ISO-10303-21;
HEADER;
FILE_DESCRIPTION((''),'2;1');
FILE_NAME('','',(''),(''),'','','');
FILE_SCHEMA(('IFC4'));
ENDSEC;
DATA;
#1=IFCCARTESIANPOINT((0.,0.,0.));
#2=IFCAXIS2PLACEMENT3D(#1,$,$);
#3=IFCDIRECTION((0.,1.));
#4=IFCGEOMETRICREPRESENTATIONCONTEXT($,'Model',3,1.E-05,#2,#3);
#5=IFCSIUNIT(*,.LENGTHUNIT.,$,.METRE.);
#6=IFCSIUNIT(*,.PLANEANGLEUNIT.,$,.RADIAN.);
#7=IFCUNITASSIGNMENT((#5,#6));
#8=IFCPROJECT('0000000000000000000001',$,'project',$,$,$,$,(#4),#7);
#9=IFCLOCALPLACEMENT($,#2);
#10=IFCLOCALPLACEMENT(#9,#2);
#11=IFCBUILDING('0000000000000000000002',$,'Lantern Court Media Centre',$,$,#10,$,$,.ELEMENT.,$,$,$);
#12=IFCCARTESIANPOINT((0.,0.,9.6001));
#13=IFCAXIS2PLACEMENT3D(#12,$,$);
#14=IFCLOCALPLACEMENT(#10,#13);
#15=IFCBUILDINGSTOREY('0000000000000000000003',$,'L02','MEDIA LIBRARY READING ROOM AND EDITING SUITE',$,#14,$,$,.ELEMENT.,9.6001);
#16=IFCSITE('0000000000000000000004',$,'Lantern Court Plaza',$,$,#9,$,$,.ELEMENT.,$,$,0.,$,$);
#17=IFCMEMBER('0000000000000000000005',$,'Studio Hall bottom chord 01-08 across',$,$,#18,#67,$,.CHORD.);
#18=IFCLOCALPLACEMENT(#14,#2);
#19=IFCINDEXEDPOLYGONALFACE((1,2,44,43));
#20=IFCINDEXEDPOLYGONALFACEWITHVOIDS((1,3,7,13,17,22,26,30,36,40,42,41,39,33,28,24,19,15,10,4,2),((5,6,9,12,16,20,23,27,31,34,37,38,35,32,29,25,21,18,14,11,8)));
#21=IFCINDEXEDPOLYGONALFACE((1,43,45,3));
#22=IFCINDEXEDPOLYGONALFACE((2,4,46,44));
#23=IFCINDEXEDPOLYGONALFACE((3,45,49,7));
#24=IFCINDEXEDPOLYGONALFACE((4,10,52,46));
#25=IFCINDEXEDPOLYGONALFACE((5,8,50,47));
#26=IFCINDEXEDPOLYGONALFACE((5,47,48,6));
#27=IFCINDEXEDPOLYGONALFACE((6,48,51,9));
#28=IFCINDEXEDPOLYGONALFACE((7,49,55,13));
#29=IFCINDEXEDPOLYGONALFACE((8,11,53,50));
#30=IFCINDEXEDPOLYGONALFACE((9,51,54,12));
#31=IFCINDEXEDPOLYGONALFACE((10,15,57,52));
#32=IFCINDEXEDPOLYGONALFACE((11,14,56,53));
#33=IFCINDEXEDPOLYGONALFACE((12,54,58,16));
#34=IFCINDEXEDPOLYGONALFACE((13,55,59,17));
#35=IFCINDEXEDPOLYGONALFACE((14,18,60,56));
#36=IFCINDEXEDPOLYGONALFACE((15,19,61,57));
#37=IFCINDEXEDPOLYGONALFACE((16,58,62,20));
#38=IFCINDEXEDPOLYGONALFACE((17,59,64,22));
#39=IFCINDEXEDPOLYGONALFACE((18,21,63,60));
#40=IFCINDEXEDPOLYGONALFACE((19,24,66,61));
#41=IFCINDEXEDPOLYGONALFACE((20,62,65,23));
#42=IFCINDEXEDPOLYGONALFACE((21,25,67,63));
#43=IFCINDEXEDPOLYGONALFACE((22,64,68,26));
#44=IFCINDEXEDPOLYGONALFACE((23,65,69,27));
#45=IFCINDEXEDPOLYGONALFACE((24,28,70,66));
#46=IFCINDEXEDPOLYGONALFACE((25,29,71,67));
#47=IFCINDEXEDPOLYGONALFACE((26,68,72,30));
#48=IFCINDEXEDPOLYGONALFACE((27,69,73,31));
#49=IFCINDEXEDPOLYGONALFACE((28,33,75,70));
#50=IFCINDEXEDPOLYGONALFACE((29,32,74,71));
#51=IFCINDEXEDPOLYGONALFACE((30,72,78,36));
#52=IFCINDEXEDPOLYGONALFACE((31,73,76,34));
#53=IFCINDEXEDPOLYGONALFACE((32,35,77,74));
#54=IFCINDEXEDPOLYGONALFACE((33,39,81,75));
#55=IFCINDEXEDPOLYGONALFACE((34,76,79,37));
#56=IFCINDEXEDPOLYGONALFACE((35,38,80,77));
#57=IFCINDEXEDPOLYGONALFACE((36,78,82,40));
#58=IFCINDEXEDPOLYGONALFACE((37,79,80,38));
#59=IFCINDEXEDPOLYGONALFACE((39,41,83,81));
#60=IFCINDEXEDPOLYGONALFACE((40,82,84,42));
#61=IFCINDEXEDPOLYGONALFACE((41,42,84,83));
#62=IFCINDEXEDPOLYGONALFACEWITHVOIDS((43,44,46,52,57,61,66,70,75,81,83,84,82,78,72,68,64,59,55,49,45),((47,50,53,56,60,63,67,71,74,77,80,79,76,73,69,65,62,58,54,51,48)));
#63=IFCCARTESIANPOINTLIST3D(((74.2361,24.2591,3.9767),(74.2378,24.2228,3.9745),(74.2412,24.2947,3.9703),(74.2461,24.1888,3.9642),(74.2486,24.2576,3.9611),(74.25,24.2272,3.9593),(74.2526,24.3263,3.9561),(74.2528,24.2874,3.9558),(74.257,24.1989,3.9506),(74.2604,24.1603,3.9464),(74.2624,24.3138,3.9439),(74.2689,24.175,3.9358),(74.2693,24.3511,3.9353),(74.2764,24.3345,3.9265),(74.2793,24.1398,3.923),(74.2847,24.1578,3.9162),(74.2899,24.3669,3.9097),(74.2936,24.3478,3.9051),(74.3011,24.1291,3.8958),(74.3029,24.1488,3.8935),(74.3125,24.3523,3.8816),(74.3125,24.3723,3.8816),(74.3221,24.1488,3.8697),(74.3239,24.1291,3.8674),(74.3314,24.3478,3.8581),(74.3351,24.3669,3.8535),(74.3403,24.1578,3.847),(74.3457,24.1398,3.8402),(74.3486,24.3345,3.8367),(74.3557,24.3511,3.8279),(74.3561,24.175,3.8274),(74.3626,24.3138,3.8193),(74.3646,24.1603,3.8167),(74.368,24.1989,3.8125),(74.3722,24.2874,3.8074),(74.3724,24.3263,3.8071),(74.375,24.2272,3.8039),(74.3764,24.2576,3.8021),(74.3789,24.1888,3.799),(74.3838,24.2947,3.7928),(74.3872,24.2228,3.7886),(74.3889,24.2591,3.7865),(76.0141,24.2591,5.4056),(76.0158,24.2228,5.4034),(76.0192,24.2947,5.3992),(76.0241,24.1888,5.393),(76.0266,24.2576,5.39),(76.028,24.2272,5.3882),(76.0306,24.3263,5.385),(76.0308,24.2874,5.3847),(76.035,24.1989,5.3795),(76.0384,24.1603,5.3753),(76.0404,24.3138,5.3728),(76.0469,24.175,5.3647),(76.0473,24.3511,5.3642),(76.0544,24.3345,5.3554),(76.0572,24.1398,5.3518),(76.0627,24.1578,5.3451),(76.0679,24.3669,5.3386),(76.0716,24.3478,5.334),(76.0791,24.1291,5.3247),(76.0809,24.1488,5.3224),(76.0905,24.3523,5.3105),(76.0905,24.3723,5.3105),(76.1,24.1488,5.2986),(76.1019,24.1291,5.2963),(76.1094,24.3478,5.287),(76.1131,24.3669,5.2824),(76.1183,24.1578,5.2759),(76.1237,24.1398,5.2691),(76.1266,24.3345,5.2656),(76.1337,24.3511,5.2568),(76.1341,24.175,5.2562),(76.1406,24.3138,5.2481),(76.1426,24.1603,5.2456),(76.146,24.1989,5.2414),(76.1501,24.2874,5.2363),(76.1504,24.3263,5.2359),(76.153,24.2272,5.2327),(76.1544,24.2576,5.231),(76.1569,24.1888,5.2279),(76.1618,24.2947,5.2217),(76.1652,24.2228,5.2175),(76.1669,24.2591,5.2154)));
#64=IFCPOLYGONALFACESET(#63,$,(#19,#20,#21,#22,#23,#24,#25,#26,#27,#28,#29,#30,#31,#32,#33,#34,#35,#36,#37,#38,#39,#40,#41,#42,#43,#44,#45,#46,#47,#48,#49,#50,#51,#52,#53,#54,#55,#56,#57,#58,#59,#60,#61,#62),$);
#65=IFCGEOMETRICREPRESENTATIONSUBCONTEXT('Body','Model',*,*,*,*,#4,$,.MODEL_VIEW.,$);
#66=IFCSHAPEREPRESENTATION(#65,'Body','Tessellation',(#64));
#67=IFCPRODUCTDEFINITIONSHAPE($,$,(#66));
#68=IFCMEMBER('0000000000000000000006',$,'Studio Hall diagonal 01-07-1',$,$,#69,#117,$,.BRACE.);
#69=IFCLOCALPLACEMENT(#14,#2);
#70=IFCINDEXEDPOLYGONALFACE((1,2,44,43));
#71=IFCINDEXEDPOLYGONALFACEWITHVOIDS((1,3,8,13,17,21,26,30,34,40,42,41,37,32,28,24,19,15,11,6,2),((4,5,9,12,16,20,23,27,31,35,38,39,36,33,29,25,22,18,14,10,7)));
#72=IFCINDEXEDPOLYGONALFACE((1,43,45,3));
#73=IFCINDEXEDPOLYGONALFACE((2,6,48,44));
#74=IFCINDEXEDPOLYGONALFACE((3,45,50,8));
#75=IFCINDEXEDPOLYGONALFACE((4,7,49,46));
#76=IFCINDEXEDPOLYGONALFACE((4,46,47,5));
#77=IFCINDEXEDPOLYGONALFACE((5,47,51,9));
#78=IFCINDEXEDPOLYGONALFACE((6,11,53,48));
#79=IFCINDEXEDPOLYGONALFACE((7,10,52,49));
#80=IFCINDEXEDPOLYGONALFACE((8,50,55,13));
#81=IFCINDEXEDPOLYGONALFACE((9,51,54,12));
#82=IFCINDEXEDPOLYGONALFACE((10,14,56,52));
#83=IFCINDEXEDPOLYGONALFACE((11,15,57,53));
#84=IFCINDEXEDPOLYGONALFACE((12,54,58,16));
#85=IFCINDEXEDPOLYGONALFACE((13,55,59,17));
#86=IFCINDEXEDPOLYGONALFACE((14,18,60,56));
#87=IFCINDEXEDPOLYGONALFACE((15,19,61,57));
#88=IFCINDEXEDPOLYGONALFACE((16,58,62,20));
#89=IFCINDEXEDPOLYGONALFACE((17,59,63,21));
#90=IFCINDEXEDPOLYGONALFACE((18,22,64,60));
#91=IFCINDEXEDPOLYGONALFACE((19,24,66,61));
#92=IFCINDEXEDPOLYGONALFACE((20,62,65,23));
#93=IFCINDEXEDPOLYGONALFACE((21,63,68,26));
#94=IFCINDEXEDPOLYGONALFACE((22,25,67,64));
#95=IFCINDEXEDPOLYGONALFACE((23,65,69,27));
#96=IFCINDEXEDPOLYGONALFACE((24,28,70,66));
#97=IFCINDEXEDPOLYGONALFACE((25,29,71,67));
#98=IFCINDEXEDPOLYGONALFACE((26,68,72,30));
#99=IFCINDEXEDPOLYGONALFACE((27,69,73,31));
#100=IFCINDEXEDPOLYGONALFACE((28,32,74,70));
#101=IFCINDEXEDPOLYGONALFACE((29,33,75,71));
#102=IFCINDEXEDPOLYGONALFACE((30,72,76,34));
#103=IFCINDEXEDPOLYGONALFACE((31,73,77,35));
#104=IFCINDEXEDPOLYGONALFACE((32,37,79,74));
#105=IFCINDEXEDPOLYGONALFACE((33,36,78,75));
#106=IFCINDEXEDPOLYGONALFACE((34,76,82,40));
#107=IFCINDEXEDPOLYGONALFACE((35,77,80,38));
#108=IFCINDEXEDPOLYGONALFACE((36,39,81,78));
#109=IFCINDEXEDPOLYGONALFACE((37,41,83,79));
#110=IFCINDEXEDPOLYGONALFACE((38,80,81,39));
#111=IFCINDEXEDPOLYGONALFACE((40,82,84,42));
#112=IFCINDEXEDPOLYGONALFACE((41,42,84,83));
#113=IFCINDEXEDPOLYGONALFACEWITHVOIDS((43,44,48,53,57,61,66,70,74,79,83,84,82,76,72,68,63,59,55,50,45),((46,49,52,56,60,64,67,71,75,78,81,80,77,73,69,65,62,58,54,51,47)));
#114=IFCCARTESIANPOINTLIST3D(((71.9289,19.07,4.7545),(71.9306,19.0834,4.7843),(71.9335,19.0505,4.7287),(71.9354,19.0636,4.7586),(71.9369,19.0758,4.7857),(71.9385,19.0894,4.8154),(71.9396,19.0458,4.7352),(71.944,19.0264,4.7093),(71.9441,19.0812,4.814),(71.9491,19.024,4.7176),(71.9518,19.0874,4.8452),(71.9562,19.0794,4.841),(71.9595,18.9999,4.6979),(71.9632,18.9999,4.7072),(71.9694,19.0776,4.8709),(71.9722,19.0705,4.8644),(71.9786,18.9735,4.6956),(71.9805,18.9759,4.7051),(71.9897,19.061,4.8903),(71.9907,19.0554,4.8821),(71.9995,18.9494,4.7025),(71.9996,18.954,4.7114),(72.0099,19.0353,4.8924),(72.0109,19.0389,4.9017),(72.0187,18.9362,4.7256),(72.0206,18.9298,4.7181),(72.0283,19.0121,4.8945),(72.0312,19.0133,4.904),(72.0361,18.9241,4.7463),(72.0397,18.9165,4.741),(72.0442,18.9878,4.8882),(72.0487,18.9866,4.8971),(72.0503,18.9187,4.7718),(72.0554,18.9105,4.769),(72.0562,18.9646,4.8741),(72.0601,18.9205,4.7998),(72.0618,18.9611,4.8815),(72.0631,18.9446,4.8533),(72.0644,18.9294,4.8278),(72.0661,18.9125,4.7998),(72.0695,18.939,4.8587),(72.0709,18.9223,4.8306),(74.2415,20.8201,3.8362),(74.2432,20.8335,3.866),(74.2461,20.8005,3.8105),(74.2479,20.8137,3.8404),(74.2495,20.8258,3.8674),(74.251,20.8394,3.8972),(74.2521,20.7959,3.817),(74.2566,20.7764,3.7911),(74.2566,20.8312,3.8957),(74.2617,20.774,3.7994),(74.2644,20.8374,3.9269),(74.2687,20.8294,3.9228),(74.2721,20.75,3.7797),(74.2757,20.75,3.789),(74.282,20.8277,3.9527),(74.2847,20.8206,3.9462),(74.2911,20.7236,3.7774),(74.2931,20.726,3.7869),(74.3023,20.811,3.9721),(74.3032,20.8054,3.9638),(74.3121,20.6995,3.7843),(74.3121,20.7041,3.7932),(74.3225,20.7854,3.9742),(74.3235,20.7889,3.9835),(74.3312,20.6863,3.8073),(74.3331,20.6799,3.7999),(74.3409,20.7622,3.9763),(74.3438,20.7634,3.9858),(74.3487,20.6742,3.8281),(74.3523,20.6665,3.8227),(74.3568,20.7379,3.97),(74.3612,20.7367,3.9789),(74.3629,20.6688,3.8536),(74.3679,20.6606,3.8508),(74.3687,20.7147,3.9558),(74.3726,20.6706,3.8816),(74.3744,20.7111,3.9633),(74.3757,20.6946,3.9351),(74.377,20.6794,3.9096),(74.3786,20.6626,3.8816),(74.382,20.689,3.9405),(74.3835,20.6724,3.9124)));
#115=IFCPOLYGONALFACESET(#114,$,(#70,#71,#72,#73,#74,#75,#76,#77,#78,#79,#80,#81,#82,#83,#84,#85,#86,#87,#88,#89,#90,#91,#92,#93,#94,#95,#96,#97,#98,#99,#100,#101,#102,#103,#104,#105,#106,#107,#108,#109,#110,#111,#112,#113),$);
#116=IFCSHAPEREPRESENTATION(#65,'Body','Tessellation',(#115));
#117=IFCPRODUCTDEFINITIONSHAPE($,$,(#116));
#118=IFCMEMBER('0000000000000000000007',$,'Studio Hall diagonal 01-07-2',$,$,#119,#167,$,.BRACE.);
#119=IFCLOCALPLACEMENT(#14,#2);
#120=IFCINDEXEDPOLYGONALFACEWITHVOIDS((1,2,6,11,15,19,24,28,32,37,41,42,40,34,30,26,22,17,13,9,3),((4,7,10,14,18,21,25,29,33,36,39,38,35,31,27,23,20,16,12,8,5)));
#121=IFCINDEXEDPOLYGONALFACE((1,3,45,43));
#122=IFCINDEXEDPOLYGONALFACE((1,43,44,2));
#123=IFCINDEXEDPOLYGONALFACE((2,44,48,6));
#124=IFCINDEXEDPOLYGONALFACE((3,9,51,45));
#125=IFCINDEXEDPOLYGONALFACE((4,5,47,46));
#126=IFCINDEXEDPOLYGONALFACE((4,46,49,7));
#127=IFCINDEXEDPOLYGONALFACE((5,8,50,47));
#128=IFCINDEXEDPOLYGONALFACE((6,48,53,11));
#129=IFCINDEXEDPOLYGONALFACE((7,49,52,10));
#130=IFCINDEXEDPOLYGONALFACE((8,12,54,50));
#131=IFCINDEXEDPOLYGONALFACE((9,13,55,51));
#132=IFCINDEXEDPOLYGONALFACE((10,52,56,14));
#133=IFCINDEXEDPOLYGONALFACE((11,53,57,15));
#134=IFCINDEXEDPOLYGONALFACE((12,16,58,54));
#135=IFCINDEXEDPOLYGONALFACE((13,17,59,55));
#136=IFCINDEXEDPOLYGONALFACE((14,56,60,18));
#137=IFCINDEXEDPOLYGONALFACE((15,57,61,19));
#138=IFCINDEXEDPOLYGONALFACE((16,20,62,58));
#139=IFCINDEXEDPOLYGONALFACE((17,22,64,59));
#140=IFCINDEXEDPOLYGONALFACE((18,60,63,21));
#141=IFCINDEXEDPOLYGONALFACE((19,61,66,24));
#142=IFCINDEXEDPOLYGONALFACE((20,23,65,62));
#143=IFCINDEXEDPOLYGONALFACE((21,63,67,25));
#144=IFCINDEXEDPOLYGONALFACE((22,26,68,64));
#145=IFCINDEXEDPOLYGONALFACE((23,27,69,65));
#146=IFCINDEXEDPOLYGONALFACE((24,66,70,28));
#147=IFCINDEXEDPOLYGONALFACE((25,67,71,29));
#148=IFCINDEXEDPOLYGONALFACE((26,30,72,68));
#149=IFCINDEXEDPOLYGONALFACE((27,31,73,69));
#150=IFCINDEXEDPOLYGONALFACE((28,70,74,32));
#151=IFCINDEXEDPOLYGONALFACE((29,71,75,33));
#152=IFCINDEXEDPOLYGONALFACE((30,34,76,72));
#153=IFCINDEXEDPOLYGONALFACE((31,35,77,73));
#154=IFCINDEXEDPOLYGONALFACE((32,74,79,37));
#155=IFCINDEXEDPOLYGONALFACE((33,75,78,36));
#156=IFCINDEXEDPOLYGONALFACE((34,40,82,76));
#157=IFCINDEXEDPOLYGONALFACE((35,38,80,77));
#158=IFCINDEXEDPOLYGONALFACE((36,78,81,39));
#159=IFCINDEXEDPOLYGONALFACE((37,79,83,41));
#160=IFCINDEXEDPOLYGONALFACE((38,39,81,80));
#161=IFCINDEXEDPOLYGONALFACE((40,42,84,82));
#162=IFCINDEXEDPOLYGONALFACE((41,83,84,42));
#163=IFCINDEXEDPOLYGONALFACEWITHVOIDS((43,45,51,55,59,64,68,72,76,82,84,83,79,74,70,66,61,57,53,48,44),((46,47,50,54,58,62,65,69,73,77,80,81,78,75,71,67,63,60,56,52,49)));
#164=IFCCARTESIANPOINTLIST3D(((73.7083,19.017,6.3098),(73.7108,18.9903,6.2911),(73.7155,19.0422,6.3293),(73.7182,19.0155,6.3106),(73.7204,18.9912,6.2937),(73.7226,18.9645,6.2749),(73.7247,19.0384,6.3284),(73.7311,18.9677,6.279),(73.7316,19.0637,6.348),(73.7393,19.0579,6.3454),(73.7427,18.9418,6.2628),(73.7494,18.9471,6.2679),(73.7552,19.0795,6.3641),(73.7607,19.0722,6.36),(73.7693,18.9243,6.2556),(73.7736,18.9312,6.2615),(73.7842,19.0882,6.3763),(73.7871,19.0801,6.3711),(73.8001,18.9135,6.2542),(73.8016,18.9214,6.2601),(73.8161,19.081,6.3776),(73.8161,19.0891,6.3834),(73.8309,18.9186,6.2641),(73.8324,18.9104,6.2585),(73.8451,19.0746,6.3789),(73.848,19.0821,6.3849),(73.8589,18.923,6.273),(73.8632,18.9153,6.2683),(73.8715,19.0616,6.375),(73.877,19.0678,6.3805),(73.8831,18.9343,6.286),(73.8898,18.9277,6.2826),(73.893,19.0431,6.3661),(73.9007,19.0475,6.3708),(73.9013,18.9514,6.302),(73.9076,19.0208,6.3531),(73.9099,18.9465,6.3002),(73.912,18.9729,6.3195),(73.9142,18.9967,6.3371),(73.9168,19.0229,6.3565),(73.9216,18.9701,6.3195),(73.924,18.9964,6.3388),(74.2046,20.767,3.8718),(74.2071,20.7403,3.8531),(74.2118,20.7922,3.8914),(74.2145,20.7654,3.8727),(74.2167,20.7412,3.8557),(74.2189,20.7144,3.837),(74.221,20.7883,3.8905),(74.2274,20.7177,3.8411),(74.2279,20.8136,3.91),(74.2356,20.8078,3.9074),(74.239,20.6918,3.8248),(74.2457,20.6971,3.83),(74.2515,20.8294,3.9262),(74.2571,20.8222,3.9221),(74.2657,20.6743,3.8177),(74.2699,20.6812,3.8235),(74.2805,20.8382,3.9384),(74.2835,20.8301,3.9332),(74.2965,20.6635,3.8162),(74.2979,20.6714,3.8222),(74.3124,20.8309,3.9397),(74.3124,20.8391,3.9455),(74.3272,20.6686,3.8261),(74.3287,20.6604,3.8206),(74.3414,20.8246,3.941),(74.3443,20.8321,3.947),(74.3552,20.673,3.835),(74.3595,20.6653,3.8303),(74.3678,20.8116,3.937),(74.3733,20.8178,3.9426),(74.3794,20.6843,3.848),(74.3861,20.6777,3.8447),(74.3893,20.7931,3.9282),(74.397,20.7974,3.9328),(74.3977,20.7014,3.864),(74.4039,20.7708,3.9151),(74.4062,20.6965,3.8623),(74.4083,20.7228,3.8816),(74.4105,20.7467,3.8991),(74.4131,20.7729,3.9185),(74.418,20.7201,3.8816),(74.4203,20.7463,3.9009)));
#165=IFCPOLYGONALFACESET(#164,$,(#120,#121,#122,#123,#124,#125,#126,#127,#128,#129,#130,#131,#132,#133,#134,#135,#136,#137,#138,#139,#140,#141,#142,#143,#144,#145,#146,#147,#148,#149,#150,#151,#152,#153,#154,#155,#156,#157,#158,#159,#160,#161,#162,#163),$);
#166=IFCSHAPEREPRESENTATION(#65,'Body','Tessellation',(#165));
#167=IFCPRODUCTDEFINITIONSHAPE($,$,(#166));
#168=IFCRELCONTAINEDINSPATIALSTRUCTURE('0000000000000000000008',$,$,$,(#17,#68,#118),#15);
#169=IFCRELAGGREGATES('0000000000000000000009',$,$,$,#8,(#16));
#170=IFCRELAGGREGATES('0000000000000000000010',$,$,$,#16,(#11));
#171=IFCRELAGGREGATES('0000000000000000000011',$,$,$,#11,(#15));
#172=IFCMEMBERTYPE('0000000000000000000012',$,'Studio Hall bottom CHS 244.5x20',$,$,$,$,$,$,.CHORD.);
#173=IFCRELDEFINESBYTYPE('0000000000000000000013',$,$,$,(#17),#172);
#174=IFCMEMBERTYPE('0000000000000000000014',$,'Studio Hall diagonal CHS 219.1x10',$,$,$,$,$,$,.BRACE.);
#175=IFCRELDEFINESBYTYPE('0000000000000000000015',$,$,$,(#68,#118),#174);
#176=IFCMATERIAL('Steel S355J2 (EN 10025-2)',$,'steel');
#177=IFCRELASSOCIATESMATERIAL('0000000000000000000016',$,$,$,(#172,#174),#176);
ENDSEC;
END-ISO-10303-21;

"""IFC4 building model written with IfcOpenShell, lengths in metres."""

from ifc_helpers import new_model, si_unit, direction, frame, origin, origin_2d, place, context, subcontext, project, spatial, hollow_circle, extrude, material, material_profile, profile_set, type_object, element, save


model = new_model("IFC4")

# Units and contexts
model_context = context("Model", 3, precision=1e-05, world=origin(), true_north=direction((0.0, 1.0)))
body_context = subcontext(model_context, "Body", "Model", "MODEL_VIEW")
ifc_project = project(units=[si_unit("LENGTHUNIT", "METRE"), si_unit("PLANEANGLEUNIT", "RADIAN")], contexts=[model_context])

# Site, building, storey
site_placement = place(None, origin())
site = spatial("IfcSite", under=ifc_project, at=site_placement, Name="Lantern Court Plaza", CompositionType="ELEMENT", RefElevation=0.0)
building_placement = place(site_placement, origin())
building = spatial("IfcBuilding", under=site, at=building_placement, Name="Lantern Court Media Centre", CompositionType="ELEMENT")
storey_placement = place(building_placement, frame((0.0, 0.0, 9.6001)))
storey = spatial("IfcBuildingStorey", under=building, at=storey_placement, Name="L02", Description="MEDIA LIBRARY READING ROOM AND EDITING SUITE", CompositionType="ELEMENT", Elevation=9.6001)

# Members
ifc_material_1 = material(Name="Steel S355J2 (EN 10025-2)", Category="steel")
ifc_material_profile_1 = material_profile(ifc_material_1, hollow_circle(Radius=0.1223, WallThickness=0.02, at=origin_2d()), Name="Studio Hall bottom CHS 244.5x20")
ifc_profile_set_1 = profile_set([ifc_material_profile_1], Name="Steel S355J2 (EN 10025-2)")
member_type_1 = type_object("IfcMemberType", Name="Studio Hall bottom CHS 244.5x20", PredefinedType="CHORD", material=ifc_profile_set_1)
for number, where, z_axis, x_axis, name in (
    (1, (74.3125, 24.25, 3.8816), (0.779478, 0.0, 0.626429), (0.0, 1.0, 0.0), "Studio Hall bottom chord 01-08 across"),
):
    element("IfcMember", number, at=place(storey_placement, frame(where, z_axis=z_axis, x_axis=x_axis)), inside=storey, type_object=member_type_1, Name=name, PredefinedType="CHORD", context=body_context, shape_type="SweptSolid", body=[
        extrude(hollow_circle(Radius=0.1223, WallThickness=0.02, at=origin_2d()), origin(), (0.0, 0.0, 1.0), 2.281),
    ])
ifc_material_profile_2 = material_profile(ifc_material_1, hollow_circle(Radius=0.1096, WallThickness=0.01, at=origin_2d()), Name="Studio Hall diagonal CHS 219.1x10")
ifc_profile_set_2 = profile_set([ifc_material_profile_2], Name="Steel S355J2 (EN 10025-2)")
member_type_2 = type_object("IfcMemberType", Name="Studio Hall diagonal CHS 219.1x10", PredefinedType="BRACE", material=ifc_profile_set_2)
member_1_placement = place(storey_placement, frame((74.3125, 20.75, 3.8816), z_axis=(-0.760211, -0.575295, 0.301853), x_axis=(0.603443, -0.797406, 0.0)))
element("IfcMember", 2, at=member_1_placement, inside=storey, type_object=member_type_2, Name="Studio Hall diagonal 01-07-1", PredefinedType="BRACE", context=body_context, shape_type="SweptSolid", body=[
    extrude(hollow_circle(Radius=0.1096, WallThickness=0.01, at=origin_2d()), origin(), (0.0, 0.0, 1.0), 3.042),
])
for number, where, z_axis, x_axis, name in (
    (3, (74.3125, 20.75, 3.8816), (-0.163172, -0.575314, 0.801491), (0.962054, -0.272859, 0.0), "Studio Hall diagonal 01-07-2"),
):
    element("IfcMember", number, at=place(storey_placement, frame(where, z_axis=z_axis, x_axis=x_axis)), inside=storey, type_object=member_type_2, Name=name, PredefinedType="BRACE", context=body_context, shape_type="SweptSolid", body=[
        extrude(hollow_circle(Radius=0.1096, WallThickness=0.01, at=origin_2d()), origin(), (0.0, 0.0, 1.0), 3.0417),
    ])

save(model, "model.ifc")
